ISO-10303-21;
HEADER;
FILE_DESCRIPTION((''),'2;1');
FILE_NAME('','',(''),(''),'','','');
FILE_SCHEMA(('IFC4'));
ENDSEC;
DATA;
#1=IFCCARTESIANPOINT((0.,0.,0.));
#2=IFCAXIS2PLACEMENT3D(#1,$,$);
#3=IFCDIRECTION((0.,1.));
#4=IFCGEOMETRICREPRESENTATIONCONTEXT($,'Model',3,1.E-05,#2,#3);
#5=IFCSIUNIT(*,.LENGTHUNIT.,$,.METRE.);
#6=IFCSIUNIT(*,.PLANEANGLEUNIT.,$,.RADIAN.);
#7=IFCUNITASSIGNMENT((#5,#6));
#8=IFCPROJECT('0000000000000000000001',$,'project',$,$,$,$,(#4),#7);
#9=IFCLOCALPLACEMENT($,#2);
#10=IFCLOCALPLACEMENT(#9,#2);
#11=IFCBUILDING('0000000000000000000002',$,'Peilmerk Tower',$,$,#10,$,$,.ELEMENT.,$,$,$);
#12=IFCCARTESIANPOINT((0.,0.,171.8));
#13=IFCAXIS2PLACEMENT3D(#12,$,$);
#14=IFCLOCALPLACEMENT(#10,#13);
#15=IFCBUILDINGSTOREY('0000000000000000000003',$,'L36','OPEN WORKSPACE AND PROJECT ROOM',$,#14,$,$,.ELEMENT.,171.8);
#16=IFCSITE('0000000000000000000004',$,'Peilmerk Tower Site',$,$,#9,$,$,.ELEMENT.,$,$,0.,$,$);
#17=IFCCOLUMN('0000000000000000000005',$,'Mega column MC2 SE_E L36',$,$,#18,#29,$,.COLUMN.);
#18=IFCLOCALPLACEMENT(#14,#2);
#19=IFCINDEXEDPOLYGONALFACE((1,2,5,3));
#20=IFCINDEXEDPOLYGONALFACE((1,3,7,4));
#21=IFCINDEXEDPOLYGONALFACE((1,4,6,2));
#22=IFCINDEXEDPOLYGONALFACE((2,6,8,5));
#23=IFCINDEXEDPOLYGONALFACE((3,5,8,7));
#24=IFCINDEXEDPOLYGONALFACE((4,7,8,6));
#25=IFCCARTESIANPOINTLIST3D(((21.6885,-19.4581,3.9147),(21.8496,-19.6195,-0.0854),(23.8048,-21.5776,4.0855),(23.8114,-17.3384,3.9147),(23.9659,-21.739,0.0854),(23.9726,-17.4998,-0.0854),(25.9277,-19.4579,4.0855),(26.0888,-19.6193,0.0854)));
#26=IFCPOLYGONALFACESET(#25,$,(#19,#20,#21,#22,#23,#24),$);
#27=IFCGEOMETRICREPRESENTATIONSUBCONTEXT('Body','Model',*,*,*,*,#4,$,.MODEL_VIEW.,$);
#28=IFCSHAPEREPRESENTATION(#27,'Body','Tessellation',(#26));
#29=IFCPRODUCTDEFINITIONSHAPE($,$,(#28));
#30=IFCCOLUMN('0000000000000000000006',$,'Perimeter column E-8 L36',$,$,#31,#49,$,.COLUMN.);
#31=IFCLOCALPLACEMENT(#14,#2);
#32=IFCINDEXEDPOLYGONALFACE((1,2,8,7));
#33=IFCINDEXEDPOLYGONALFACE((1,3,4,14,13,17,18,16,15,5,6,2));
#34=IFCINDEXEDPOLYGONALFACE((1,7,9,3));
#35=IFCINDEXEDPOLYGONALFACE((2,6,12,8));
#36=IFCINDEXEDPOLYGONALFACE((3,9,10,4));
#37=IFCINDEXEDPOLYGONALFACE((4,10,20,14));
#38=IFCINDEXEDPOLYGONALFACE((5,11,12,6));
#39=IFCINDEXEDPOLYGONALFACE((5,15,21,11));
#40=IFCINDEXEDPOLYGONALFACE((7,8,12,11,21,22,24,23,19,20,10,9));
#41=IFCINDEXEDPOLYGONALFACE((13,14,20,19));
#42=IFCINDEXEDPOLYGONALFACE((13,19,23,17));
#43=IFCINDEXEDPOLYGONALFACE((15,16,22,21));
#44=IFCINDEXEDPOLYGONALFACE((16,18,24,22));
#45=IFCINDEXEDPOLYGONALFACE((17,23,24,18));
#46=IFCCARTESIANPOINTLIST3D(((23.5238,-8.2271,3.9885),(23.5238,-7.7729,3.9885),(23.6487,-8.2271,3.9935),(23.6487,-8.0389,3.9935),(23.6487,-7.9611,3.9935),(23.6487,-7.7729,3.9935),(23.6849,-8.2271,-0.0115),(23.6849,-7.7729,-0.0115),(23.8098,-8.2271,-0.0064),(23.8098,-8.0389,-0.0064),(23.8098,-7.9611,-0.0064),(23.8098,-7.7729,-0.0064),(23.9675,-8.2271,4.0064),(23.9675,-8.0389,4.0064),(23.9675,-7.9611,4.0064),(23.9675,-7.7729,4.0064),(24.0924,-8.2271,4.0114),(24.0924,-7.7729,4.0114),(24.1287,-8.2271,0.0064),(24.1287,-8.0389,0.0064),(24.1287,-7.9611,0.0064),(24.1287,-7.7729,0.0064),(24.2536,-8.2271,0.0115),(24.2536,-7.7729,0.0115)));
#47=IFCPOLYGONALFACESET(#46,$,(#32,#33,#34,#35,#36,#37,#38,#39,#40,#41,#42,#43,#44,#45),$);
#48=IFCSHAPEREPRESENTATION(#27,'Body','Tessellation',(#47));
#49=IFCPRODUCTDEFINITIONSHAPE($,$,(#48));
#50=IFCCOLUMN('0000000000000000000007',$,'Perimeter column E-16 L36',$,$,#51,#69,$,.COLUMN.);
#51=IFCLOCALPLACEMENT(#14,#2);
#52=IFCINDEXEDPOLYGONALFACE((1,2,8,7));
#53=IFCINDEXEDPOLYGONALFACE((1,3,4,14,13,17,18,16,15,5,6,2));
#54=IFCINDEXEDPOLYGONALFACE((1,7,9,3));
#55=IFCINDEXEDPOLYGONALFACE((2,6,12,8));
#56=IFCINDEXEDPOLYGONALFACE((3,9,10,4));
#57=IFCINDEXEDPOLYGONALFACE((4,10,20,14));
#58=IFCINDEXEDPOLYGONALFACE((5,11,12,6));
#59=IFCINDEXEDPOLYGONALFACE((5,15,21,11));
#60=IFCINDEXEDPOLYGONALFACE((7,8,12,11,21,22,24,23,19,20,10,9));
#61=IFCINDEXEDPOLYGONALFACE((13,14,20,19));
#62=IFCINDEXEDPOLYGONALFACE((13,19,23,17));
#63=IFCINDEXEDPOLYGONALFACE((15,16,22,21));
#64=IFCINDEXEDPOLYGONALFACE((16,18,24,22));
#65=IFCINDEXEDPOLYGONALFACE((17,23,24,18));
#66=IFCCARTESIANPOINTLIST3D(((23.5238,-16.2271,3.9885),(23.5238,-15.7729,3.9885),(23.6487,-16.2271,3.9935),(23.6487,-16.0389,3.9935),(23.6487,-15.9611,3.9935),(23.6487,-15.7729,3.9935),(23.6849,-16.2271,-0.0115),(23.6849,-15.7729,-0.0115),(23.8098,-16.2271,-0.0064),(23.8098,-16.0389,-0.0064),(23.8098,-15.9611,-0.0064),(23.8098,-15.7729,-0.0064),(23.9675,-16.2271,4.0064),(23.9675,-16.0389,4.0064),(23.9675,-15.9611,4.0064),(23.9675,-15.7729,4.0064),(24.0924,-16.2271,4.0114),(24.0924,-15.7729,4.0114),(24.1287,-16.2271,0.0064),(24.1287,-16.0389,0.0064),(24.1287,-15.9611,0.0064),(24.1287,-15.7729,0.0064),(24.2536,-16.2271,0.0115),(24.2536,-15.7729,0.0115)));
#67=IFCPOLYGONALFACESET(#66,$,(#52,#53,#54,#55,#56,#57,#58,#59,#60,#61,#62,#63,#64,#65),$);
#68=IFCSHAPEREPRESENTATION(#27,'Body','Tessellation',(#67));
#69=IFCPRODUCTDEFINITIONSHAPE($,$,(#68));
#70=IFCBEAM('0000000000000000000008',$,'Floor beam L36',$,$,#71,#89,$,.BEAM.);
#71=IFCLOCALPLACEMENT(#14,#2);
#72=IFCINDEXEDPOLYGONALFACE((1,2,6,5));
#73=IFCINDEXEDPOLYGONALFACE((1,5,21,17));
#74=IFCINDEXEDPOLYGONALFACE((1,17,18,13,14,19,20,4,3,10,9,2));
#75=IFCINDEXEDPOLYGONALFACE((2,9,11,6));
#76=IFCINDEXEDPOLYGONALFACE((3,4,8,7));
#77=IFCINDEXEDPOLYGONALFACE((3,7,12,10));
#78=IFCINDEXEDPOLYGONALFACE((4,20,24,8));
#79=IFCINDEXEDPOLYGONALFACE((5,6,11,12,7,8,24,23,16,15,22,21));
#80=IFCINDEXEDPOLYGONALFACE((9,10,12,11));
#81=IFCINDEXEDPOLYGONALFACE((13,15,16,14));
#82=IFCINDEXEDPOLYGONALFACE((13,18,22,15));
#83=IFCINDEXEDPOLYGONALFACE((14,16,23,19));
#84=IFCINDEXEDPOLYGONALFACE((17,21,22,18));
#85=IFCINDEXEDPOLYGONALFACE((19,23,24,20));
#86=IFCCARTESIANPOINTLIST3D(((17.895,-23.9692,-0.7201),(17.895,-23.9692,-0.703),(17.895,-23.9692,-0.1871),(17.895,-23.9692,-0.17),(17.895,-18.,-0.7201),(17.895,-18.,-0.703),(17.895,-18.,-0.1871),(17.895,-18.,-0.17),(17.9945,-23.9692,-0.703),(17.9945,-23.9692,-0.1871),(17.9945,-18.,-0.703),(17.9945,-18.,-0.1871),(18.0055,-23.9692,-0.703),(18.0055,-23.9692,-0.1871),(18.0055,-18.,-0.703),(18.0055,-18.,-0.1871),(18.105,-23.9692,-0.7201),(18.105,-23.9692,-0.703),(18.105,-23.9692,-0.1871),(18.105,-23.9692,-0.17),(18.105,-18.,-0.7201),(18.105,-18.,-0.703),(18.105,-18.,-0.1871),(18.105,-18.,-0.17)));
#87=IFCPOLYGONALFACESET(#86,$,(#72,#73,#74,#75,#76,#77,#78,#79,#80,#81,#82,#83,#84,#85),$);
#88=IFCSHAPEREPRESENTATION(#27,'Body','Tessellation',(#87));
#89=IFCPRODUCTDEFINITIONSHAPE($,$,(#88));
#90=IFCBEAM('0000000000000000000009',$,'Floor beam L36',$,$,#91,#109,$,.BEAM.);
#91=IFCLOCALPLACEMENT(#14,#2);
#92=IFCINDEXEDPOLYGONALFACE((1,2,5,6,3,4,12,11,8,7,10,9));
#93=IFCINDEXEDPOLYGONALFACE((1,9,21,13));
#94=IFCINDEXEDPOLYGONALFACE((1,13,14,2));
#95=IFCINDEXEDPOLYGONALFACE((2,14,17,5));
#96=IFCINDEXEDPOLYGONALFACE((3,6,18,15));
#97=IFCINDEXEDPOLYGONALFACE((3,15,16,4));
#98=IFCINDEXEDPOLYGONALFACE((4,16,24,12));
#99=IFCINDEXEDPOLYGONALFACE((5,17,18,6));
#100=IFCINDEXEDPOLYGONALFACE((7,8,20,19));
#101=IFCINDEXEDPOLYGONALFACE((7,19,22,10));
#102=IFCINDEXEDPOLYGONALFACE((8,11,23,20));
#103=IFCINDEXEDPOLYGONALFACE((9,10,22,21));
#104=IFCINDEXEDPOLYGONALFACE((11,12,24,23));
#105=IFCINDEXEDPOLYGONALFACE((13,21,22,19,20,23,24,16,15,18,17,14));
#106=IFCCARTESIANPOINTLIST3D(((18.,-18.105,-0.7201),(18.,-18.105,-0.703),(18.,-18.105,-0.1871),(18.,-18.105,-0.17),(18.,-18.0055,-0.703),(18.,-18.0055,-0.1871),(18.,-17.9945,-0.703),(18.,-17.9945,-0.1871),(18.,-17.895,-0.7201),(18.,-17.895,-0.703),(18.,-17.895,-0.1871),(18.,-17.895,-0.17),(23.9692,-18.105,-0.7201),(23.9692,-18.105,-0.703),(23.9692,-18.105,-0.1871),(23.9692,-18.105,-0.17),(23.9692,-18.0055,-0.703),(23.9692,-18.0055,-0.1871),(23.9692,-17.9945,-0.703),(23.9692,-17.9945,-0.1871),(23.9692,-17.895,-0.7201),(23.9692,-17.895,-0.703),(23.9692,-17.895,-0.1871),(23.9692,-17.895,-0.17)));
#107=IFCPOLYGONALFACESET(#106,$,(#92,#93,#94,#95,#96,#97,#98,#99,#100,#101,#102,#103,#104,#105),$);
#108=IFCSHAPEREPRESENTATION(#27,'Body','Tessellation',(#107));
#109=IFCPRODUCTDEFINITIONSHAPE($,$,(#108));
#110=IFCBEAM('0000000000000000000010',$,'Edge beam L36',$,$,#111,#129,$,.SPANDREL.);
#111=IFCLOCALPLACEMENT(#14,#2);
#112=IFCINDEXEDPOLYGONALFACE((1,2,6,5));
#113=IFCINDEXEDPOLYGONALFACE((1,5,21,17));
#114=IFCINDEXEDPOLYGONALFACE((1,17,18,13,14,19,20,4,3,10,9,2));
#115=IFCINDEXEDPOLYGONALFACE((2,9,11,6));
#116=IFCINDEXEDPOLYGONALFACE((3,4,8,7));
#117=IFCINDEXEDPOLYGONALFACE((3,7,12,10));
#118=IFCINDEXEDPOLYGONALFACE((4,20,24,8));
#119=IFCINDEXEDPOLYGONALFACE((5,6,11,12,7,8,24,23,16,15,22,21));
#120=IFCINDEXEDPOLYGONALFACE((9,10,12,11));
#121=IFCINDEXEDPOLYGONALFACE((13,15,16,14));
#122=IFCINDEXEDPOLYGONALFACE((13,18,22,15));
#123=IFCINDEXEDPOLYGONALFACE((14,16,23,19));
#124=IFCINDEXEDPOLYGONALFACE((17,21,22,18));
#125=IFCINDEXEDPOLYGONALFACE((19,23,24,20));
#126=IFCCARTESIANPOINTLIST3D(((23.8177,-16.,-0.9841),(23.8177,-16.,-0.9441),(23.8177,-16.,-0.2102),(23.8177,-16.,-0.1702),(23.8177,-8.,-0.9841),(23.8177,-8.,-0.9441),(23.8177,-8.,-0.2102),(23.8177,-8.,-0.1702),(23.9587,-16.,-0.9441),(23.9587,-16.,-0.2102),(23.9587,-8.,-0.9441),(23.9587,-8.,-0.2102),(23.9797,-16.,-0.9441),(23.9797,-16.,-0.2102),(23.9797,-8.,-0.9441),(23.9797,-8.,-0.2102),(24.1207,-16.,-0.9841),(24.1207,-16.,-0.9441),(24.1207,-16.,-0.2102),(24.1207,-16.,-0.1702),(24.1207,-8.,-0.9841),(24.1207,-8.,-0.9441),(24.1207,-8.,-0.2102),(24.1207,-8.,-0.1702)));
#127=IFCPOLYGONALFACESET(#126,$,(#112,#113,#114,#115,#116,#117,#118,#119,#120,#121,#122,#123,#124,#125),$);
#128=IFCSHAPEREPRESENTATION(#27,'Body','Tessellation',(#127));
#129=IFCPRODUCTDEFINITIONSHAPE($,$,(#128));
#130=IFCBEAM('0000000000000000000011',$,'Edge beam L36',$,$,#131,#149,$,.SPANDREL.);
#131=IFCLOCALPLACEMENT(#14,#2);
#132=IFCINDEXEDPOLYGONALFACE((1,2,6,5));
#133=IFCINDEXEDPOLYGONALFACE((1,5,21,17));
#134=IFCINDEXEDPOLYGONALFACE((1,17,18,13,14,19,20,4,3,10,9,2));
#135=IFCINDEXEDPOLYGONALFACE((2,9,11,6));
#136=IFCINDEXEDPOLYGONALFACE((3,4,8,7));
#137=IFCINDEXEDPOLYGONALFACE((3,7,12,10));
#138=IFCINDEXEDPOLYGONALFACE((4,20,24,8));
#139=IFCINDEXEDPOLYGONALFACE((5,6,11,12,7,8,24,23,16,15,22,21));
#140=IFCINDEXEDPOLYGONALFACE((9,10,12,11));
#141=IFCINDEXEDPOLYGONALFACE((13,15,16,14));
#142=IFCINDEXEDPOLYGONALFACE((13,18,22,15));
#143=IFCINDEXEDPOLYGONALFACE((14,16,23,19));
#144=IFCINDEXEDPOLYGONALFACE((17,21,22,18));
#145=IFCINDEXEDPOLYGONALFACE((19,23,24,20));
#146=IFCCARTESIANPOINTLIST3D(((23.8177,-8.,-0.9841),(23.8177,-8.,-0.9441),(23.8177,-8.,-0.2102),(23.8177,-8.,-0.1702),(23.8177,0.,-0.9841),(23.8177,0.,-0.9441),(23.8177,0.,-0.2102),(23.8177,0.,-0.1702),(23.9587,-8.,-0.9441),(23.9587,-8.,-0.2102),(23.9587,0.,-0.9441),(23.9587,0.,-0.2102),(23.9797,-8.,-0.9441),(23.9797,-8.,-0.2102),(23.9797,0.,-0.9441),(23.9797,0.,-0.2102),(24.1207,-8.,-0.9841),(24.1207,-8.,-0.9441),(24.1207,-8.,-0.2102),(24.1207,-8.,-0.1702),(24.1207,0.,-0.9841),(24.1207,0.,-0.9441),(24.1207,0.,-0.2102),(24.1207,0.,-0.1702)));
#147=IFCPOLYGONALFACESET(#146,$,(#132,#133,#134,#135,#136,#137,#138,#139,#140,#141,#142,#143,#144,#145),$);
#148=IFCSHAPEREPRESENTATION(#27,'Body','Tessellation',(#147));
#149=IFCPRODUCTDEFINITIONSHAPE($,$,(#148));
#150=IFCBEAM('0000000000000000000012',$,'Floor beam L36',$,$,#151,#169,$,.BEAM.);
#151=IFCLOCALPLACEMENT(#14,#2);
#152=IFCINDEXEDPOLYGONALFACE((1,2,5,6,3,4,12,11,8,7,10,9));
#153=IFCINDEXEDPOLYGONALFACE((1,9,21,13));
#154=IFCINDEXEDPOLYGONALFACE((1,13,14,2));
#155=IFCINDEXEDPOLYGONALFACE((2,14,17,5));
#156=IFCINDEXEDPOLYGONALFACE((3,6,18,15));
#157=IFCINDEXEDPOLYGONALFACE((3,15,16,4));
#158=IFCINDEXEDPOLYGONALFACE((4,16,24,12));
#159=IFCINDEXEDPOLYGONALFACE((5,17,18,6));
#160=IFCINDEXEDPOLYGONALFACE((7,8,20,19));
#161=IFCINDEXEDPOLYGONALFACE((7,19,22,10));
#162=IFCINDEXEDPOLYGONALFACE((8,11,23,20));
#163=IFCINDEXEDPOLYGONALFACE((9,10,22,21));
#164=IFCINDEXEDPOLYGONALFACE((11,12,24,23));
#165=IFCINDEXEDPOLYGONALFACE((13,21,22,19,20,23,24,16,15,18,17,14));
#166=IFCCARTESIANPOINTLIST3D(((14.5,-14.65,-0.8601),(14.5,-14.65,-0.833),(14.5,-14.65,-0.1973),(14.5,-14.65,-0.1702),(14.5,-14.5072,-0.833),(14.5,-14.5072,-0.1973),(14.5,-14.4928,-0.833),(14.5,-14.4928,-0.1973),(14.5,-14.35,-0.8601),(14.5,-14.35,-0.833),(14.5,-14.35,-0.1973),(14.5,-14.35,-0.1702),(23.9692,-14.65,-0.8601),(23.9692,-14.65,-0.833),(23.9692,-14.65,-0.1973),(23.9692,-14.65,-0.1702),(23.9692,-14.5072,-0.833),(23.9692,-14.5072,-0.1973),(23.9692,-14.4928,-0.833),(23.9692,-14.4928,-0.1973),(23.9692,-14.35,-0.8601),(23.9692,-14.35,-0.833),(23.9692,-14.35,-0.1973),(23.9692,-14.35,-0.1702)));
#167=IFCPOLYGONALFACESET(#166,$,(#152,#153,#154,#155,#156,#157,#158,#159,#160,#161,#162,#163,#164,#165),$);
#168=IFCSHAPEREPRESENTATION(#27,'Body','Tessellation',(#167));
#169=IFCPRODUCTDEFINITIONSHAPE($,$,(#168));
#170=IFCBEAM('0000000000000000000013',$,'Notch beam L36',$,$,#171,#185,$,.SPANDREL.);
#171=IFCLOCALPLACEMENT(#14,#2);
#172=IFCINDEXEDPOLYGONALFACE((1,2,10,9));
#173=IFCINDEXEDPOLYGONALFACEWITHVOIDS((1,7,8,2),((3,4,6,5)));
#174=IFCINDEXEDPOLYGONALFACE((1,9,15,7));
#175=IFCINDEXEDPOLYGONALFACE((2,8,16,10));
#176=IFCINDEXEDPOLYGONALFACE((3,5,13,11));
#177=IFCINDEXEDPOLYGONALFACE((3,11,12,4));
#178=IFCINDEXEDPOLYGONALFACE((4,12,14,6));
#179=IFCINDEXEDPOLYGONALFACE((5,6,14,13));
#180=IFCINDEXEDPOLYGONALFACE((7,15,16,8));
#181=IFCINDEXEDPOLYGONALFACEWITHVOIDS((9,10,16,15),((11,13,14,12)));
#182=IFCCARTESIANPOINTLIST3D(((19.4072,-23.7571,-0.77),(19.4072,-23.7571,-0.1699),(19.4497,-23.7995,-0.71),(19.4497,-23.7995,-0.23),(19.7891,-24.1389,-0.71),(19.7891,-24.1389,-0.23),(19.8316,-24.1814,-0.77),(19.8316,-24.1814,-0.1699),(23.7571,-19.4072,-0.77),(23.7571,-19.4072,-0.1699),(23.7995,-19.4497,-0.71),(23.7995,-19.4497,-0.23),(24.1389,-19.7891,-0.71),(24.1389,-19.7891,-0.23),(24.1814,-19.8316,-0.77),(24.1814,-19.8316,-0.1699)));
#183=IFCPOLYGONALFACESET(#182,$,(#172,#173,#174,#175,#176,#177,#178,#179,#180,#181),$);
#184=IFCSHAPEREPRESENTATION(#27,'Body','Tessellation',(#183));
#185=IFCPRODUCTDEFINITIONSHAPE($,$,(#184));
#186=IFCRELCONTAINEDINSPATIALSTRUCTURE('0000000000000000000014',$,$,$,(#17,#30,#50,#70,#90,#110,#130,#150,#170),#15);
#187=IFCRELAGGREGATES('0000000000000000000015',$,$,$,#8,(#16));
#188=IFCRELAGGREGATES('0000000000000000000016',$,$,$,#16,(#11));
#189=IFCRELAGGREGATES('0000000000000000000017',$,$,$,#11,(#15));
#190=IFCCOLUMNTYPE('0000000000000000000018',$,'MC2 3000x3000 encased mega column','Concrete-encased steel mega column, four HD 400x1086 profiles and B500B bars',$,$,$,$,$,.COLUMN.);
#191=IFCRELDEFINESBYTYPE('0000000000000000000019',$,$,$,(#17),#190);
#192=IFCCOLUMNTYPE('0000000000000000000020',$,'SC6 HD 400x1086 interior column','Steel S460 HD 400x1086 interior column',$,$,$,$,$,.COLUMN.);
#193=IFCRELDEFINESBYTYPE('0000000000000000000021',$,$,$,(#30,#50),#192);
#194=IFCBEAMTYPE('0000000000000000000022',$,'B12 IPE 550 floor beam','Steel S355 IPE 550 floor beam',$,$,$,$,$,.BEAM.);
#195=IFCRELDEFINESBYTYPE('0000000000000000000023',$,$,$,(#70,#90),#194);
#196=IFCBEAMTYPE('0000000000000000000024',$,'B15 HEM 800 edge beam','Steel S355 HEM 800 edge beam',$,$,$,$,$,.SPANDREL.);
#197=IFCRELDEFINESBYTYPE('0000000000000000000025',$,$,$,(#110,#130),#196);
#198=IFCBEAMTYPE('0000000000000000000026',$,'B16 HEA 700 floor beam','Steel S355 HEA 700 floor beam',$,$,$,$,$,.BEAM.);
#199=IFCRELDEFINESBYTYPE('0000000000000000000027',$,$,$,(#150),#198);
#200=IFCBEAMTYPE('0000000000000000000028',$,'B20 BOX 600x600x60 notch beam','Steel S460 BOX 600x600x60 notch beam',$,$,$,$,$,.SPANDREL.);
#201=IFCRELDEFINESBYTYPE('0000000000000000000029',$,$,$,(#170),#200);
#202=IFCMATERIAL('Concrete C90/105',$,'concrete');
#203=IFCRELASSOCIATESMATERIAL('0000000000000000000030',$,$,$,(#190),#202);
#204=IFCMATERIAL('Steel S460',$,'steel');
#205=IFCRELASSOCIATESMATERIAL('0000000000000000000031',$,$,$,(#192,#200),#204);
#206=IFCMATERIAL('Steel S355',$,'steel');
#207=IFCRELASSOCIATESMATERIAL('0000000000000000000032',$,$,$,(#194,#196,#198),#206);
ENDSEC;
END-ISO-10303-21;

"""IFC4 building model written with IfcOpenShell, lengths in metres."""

from ifc_helpers import new_model, si_unit, direction, frame, origin, origin_2d, place, context, subcontext, project, spatial, rectangle, hollow_rectangle, i_section, extrude, material, material_profile, profile_set, type_object, element, save


model = new_model("IFC4")

# Units and contexts
model_context = context("Model", 3, precision=1e-05, world=origin(), true_north=direction((0.0, 1.0)))
body_context = subcontext(model_context, "Body", "Model", "MODEL_VIEW")
ifc_project = project(units=[si_unit("LENGTHUNIT", "METRE"), si_unit("PLANEANGLEUNIT", "RADIAN")], contexts=[model_context])

# Site, building, storey
site_placement = place(None, origin())
site = spatial("IfcSite", under=ifc_project, at=site_placement, Name="Peilmerk Tower Site", CompositionType="ELEMENT", RefElevation=0.0)
building_placement = place(site_placement, origin())
building = spatial("IfcBuilding", under=site, at=building_placement, Name="Peilmerk Tower", CompositionType="ELEMENT")
storey_placement = place(building_placement, frame((0.0, 0.0, 171.8)))
storey = spatial("IfcBuildingStorey", under=building, at=storey_placement, Name="L36", Description="OPEN WORKSPACE AND PROJECT ROOM", CompositionType="ELEMENT", Elevation=171.8)

# Columns
ifc_material_1 = material(Name="Concrete C90/105", Category="concrete")
ifc_material_profile_1 = material_profile(ifc_material_1, rectangle(XDim=3.0, YDim=3.0, at=origin_2d()), Name="RC 3000x3000")
ifc_profile_set_1 = profile_set([ifc_material_profile_1], Name="Concrete C90/105")
column_type_1 = type_object("IfcColumnType", Name="MC2 3000x3000 encased mega column", Description="Concrete-encased steel mega column, four HD 400x1086 profiles and B500B bars", PredefinedType="COLUMN", material=ifc_profile_set_1)
column_placement = place(storey_placement, frame((23.9692, -19.6194, 0.0), z_axis=(-0.040218, 0.040279, 0.998379), x_axis=(-0.707642, -0.706571, 0.0)))
element("IfcColumn", 1, at=column_placement, inside=storey, type_object=column_type_1, Name="Mega column MC2 SE_E L36", PredefinedType="COLUMN", context=body_context, shape_type="SweptSolid", body=[
    extrude(rectangle(XDim=3.0, YDim=3.0, at=origin_2d()), origin(), (0.0, 0.0, 1.0), 4.0066),
])
ifc_material_2 = material(Name="Steel S460", Category="steel")
ifc_material_profile_2 = material_profile(ifc_material_2, i_section(OverallWidth=0.4541, OverallDepth=0.5691, WebThickness=0.0779, FlangeThickness=0.125, at=origin_2d()), Name="HD 400x1086")
ifc_profile_set_2 = profile_set([ifc_material_profile_2], Name="Steel S460")
column_type_2 = type_object("IfcColumnType", Name="SC6 HD 400x1086 interior column", Description="Steel S460 HD 400x1086 interior column", PredefinedType="COLUMN", material=ifc_profile_set_2)
for number, where, z_axis, x_axis, name in (
    (2, (23.9692, -8.0, 0.0), (-0.040251, 0.0, 0.99919), (0.0, -1.0, 0.0), "Perimeter column E-8 L36"),
    (3, (23.9692, -16.0, 0.0), (-0.040251, 0.0, 0.99919), (0.0, -1.0, 0.0), "Perimeter column E-16 L36"),
):
    element("IfcColumn", number, at=place(storey_placement, frame(where, z_axis=z_axis, x_axis=x_axis)), inside=storey, type_object=column_type_2, Name=name, PredefinedType="COLUMN", context=body_context, shape_type="SweptSolid", body=[
        extrude(i_section(OverallWidth=0.4541, OverallDepth=0.5691, WebThickness=0.0779, FlangeThickness=0.125, at=origin_2d()), origin(), (0.0, 0.0, 1.0), 4.0032),
    ])

# Beams
ifc_material_3 = material(Name="Steel S355", Category="steel")
ifc_material_profile_3 = material_profile(ifc_material_3, i_section(OverallWidth=0.21, OverallDepth=0.55, WebThickness=0.011, FlangeThickness=0.0171, at=origin_2d()), Name="IPE 550")
ifc_profile_set_3 = profile_set([ifc_material_profile_3], Name="Steel S355")
beam_type_1 = type_object("IfcBeamType", Name="B12 IPE 550 floor beam", Description="Steel S355 IPE 550 floor beam", PredefinedType="BEAM", material=ifc_profile_set_3)
for number, where, z_axis, x_axis, name in (
    (4, (18.0, -18.0, -0.4451), (0.0, -1.0, 0.0), (1.0, 0.0, 0.0), "Floor beam L36"),
    (5, (18.0, -18.0, -0.4451), (1.0, 0.0, 0.0), (0.0, 1.0, 0.0), "Floor beam L36"),
):
    element("IfcBeam", number, at=place(storey_placement, frame(where, z_axis=z_axis, x_axis=x_axis)), inside=storey, type_object=beam_type_1, Name=name, PredefinedType="BEAM", context=body_context, shape_type="SweptSolid", body=[
        extrude(i_section(OverallWidth=0.21, OverallDepth=0.55, WebThickness=0.011, FlangeThickness=0.0171, at=origin_2d()), origin(), (0.0, 0.0, 1.0), 5.9692),
    ])
ifc_material_profile_4 = material_profile(ifc_material_3, i_section(OverallWidth=0.303, OverallDepth=0.814, WebThickness=0.021, FlangeThickness=0.04, at=origin_2d()), Name="HEM 800")
ifc_profile_set_4 = profile_set([ifc_material_profile_4], Name="Steel S355")
beam_type_2 = type_object("IfcBeamType", Name="B15 HEM 800 edge beam", Description="Steel S355 HEM 800 edge beam", PredefinedType="SPANDREL", material=ifc_profile_set_4)
for number, where, z_axis, x_axis, name in (
    (6, (23.9692, -16.0, -0.5771), (0.0, 1.0, 0.0), (-1.0, 0.0, 0.0), "Edge beam L36"),
    (7, (23.9692, -8.0, -0.5771), (0.0, 1.0, 0.0), (-1.0, 0.0, 0.0), "Edge beam L36"),
):
    element("IfcBeam", number, at=place(storey_placement, frame(where, z_axis=z_axis, x_axis=x_axis)), inside=storey, type_object=beam_type_2, Name=name, PredefinedType="SPANDREL", context=body_context, shape_type="SweptSolid", body=[
        extrude(i_section(OverallWidth=0.303, OverallDepth=0.814, WebThickness=0.021, FlangeThickness=0.04, at=origin_2d()), origin(), (0.0, 0.0, 1.0), 8.0),
    ])
ifc_material_profile_5 = material_profile(ifc_material_3, i_section(OverallWidth=0.3, OverallDepth=0.6899, WebThickness=0.0144, FlangeThickness=0.0271, at=origin_2d()), Name="HEA 700")
ifc_profile_set_5 = profile_set([ifc_material_profile_5], Name="Steel S355")
beam_type_3 = type_object("IfcBeamType", Name="B16 HEA 700 floor beam", Description="Steel S355 HEA 700 floor beam", PredefinedType="BEAM", material=ifc_profile_set_5)
beam_1_placement = place(storey_placement, frame((14.5, -14.5, -0.5151), z_axis=(1.0, 0.0, 0.0), x_axis=(0.0, 1.0, 0.0)))
element("IfcBeam", 8, at=beam_1_placement, inside=storey, type_object=beam_type_3, Name="Floor beam L36", PredefinedType="BEAM", context=body_context, shape_type="SweptSolid", body=[
    extrude(i_section(OverallWidth=0.3, OverallDepth=0.6899, WebThickness=0.0144, FlangeThickness=0.0271, at=origin_2d()), origin(), (0.0, 0.0, 1.0), 9.4692),
])
ifc_material_profile_6 = material_profile(ifc_material_2, hollow_rectangle(XDim=0.6001, YDim=0.6001, WallThickness=0.0601, at=origin_2d()), Name="BOX 600x600x60")
ifc_profile_set_6 = profile_set([ifc_material_profile_6], Name="Steel S460")
beam_type_4 = type_object("IfcBeamType", Name="B20 BOX 600x600x60 notch beam", Description="Steel S460 BOX 600x600x60 notch beam", PredefinedType="SPANDREL", material=ifc_profile_set_6)
beam_2_placement = place(storey_placement, frame((23.9692, -19.6194, -0.47), z_axis=(-0.707107, -0.707107, 0.0), x_axis=(0.707107, -0.707107, 0.0)))
element("IfcBeam", 9, at=beam_2_placement, inside=storey, type_object=beam_type_4, Name="Notch beam L36", PredefinedType="SPANDREL", context=body_context, shape_type="SweptSolid", body=[
    extrude(hollow_rectangle(XDim=0.6001, YDim=0.6001, WallThickness=0.0601, at=origin_2d()), origin(), (0.0, 0.0, 1.0), 6.1516),
])

save(model, "model.ifc")
